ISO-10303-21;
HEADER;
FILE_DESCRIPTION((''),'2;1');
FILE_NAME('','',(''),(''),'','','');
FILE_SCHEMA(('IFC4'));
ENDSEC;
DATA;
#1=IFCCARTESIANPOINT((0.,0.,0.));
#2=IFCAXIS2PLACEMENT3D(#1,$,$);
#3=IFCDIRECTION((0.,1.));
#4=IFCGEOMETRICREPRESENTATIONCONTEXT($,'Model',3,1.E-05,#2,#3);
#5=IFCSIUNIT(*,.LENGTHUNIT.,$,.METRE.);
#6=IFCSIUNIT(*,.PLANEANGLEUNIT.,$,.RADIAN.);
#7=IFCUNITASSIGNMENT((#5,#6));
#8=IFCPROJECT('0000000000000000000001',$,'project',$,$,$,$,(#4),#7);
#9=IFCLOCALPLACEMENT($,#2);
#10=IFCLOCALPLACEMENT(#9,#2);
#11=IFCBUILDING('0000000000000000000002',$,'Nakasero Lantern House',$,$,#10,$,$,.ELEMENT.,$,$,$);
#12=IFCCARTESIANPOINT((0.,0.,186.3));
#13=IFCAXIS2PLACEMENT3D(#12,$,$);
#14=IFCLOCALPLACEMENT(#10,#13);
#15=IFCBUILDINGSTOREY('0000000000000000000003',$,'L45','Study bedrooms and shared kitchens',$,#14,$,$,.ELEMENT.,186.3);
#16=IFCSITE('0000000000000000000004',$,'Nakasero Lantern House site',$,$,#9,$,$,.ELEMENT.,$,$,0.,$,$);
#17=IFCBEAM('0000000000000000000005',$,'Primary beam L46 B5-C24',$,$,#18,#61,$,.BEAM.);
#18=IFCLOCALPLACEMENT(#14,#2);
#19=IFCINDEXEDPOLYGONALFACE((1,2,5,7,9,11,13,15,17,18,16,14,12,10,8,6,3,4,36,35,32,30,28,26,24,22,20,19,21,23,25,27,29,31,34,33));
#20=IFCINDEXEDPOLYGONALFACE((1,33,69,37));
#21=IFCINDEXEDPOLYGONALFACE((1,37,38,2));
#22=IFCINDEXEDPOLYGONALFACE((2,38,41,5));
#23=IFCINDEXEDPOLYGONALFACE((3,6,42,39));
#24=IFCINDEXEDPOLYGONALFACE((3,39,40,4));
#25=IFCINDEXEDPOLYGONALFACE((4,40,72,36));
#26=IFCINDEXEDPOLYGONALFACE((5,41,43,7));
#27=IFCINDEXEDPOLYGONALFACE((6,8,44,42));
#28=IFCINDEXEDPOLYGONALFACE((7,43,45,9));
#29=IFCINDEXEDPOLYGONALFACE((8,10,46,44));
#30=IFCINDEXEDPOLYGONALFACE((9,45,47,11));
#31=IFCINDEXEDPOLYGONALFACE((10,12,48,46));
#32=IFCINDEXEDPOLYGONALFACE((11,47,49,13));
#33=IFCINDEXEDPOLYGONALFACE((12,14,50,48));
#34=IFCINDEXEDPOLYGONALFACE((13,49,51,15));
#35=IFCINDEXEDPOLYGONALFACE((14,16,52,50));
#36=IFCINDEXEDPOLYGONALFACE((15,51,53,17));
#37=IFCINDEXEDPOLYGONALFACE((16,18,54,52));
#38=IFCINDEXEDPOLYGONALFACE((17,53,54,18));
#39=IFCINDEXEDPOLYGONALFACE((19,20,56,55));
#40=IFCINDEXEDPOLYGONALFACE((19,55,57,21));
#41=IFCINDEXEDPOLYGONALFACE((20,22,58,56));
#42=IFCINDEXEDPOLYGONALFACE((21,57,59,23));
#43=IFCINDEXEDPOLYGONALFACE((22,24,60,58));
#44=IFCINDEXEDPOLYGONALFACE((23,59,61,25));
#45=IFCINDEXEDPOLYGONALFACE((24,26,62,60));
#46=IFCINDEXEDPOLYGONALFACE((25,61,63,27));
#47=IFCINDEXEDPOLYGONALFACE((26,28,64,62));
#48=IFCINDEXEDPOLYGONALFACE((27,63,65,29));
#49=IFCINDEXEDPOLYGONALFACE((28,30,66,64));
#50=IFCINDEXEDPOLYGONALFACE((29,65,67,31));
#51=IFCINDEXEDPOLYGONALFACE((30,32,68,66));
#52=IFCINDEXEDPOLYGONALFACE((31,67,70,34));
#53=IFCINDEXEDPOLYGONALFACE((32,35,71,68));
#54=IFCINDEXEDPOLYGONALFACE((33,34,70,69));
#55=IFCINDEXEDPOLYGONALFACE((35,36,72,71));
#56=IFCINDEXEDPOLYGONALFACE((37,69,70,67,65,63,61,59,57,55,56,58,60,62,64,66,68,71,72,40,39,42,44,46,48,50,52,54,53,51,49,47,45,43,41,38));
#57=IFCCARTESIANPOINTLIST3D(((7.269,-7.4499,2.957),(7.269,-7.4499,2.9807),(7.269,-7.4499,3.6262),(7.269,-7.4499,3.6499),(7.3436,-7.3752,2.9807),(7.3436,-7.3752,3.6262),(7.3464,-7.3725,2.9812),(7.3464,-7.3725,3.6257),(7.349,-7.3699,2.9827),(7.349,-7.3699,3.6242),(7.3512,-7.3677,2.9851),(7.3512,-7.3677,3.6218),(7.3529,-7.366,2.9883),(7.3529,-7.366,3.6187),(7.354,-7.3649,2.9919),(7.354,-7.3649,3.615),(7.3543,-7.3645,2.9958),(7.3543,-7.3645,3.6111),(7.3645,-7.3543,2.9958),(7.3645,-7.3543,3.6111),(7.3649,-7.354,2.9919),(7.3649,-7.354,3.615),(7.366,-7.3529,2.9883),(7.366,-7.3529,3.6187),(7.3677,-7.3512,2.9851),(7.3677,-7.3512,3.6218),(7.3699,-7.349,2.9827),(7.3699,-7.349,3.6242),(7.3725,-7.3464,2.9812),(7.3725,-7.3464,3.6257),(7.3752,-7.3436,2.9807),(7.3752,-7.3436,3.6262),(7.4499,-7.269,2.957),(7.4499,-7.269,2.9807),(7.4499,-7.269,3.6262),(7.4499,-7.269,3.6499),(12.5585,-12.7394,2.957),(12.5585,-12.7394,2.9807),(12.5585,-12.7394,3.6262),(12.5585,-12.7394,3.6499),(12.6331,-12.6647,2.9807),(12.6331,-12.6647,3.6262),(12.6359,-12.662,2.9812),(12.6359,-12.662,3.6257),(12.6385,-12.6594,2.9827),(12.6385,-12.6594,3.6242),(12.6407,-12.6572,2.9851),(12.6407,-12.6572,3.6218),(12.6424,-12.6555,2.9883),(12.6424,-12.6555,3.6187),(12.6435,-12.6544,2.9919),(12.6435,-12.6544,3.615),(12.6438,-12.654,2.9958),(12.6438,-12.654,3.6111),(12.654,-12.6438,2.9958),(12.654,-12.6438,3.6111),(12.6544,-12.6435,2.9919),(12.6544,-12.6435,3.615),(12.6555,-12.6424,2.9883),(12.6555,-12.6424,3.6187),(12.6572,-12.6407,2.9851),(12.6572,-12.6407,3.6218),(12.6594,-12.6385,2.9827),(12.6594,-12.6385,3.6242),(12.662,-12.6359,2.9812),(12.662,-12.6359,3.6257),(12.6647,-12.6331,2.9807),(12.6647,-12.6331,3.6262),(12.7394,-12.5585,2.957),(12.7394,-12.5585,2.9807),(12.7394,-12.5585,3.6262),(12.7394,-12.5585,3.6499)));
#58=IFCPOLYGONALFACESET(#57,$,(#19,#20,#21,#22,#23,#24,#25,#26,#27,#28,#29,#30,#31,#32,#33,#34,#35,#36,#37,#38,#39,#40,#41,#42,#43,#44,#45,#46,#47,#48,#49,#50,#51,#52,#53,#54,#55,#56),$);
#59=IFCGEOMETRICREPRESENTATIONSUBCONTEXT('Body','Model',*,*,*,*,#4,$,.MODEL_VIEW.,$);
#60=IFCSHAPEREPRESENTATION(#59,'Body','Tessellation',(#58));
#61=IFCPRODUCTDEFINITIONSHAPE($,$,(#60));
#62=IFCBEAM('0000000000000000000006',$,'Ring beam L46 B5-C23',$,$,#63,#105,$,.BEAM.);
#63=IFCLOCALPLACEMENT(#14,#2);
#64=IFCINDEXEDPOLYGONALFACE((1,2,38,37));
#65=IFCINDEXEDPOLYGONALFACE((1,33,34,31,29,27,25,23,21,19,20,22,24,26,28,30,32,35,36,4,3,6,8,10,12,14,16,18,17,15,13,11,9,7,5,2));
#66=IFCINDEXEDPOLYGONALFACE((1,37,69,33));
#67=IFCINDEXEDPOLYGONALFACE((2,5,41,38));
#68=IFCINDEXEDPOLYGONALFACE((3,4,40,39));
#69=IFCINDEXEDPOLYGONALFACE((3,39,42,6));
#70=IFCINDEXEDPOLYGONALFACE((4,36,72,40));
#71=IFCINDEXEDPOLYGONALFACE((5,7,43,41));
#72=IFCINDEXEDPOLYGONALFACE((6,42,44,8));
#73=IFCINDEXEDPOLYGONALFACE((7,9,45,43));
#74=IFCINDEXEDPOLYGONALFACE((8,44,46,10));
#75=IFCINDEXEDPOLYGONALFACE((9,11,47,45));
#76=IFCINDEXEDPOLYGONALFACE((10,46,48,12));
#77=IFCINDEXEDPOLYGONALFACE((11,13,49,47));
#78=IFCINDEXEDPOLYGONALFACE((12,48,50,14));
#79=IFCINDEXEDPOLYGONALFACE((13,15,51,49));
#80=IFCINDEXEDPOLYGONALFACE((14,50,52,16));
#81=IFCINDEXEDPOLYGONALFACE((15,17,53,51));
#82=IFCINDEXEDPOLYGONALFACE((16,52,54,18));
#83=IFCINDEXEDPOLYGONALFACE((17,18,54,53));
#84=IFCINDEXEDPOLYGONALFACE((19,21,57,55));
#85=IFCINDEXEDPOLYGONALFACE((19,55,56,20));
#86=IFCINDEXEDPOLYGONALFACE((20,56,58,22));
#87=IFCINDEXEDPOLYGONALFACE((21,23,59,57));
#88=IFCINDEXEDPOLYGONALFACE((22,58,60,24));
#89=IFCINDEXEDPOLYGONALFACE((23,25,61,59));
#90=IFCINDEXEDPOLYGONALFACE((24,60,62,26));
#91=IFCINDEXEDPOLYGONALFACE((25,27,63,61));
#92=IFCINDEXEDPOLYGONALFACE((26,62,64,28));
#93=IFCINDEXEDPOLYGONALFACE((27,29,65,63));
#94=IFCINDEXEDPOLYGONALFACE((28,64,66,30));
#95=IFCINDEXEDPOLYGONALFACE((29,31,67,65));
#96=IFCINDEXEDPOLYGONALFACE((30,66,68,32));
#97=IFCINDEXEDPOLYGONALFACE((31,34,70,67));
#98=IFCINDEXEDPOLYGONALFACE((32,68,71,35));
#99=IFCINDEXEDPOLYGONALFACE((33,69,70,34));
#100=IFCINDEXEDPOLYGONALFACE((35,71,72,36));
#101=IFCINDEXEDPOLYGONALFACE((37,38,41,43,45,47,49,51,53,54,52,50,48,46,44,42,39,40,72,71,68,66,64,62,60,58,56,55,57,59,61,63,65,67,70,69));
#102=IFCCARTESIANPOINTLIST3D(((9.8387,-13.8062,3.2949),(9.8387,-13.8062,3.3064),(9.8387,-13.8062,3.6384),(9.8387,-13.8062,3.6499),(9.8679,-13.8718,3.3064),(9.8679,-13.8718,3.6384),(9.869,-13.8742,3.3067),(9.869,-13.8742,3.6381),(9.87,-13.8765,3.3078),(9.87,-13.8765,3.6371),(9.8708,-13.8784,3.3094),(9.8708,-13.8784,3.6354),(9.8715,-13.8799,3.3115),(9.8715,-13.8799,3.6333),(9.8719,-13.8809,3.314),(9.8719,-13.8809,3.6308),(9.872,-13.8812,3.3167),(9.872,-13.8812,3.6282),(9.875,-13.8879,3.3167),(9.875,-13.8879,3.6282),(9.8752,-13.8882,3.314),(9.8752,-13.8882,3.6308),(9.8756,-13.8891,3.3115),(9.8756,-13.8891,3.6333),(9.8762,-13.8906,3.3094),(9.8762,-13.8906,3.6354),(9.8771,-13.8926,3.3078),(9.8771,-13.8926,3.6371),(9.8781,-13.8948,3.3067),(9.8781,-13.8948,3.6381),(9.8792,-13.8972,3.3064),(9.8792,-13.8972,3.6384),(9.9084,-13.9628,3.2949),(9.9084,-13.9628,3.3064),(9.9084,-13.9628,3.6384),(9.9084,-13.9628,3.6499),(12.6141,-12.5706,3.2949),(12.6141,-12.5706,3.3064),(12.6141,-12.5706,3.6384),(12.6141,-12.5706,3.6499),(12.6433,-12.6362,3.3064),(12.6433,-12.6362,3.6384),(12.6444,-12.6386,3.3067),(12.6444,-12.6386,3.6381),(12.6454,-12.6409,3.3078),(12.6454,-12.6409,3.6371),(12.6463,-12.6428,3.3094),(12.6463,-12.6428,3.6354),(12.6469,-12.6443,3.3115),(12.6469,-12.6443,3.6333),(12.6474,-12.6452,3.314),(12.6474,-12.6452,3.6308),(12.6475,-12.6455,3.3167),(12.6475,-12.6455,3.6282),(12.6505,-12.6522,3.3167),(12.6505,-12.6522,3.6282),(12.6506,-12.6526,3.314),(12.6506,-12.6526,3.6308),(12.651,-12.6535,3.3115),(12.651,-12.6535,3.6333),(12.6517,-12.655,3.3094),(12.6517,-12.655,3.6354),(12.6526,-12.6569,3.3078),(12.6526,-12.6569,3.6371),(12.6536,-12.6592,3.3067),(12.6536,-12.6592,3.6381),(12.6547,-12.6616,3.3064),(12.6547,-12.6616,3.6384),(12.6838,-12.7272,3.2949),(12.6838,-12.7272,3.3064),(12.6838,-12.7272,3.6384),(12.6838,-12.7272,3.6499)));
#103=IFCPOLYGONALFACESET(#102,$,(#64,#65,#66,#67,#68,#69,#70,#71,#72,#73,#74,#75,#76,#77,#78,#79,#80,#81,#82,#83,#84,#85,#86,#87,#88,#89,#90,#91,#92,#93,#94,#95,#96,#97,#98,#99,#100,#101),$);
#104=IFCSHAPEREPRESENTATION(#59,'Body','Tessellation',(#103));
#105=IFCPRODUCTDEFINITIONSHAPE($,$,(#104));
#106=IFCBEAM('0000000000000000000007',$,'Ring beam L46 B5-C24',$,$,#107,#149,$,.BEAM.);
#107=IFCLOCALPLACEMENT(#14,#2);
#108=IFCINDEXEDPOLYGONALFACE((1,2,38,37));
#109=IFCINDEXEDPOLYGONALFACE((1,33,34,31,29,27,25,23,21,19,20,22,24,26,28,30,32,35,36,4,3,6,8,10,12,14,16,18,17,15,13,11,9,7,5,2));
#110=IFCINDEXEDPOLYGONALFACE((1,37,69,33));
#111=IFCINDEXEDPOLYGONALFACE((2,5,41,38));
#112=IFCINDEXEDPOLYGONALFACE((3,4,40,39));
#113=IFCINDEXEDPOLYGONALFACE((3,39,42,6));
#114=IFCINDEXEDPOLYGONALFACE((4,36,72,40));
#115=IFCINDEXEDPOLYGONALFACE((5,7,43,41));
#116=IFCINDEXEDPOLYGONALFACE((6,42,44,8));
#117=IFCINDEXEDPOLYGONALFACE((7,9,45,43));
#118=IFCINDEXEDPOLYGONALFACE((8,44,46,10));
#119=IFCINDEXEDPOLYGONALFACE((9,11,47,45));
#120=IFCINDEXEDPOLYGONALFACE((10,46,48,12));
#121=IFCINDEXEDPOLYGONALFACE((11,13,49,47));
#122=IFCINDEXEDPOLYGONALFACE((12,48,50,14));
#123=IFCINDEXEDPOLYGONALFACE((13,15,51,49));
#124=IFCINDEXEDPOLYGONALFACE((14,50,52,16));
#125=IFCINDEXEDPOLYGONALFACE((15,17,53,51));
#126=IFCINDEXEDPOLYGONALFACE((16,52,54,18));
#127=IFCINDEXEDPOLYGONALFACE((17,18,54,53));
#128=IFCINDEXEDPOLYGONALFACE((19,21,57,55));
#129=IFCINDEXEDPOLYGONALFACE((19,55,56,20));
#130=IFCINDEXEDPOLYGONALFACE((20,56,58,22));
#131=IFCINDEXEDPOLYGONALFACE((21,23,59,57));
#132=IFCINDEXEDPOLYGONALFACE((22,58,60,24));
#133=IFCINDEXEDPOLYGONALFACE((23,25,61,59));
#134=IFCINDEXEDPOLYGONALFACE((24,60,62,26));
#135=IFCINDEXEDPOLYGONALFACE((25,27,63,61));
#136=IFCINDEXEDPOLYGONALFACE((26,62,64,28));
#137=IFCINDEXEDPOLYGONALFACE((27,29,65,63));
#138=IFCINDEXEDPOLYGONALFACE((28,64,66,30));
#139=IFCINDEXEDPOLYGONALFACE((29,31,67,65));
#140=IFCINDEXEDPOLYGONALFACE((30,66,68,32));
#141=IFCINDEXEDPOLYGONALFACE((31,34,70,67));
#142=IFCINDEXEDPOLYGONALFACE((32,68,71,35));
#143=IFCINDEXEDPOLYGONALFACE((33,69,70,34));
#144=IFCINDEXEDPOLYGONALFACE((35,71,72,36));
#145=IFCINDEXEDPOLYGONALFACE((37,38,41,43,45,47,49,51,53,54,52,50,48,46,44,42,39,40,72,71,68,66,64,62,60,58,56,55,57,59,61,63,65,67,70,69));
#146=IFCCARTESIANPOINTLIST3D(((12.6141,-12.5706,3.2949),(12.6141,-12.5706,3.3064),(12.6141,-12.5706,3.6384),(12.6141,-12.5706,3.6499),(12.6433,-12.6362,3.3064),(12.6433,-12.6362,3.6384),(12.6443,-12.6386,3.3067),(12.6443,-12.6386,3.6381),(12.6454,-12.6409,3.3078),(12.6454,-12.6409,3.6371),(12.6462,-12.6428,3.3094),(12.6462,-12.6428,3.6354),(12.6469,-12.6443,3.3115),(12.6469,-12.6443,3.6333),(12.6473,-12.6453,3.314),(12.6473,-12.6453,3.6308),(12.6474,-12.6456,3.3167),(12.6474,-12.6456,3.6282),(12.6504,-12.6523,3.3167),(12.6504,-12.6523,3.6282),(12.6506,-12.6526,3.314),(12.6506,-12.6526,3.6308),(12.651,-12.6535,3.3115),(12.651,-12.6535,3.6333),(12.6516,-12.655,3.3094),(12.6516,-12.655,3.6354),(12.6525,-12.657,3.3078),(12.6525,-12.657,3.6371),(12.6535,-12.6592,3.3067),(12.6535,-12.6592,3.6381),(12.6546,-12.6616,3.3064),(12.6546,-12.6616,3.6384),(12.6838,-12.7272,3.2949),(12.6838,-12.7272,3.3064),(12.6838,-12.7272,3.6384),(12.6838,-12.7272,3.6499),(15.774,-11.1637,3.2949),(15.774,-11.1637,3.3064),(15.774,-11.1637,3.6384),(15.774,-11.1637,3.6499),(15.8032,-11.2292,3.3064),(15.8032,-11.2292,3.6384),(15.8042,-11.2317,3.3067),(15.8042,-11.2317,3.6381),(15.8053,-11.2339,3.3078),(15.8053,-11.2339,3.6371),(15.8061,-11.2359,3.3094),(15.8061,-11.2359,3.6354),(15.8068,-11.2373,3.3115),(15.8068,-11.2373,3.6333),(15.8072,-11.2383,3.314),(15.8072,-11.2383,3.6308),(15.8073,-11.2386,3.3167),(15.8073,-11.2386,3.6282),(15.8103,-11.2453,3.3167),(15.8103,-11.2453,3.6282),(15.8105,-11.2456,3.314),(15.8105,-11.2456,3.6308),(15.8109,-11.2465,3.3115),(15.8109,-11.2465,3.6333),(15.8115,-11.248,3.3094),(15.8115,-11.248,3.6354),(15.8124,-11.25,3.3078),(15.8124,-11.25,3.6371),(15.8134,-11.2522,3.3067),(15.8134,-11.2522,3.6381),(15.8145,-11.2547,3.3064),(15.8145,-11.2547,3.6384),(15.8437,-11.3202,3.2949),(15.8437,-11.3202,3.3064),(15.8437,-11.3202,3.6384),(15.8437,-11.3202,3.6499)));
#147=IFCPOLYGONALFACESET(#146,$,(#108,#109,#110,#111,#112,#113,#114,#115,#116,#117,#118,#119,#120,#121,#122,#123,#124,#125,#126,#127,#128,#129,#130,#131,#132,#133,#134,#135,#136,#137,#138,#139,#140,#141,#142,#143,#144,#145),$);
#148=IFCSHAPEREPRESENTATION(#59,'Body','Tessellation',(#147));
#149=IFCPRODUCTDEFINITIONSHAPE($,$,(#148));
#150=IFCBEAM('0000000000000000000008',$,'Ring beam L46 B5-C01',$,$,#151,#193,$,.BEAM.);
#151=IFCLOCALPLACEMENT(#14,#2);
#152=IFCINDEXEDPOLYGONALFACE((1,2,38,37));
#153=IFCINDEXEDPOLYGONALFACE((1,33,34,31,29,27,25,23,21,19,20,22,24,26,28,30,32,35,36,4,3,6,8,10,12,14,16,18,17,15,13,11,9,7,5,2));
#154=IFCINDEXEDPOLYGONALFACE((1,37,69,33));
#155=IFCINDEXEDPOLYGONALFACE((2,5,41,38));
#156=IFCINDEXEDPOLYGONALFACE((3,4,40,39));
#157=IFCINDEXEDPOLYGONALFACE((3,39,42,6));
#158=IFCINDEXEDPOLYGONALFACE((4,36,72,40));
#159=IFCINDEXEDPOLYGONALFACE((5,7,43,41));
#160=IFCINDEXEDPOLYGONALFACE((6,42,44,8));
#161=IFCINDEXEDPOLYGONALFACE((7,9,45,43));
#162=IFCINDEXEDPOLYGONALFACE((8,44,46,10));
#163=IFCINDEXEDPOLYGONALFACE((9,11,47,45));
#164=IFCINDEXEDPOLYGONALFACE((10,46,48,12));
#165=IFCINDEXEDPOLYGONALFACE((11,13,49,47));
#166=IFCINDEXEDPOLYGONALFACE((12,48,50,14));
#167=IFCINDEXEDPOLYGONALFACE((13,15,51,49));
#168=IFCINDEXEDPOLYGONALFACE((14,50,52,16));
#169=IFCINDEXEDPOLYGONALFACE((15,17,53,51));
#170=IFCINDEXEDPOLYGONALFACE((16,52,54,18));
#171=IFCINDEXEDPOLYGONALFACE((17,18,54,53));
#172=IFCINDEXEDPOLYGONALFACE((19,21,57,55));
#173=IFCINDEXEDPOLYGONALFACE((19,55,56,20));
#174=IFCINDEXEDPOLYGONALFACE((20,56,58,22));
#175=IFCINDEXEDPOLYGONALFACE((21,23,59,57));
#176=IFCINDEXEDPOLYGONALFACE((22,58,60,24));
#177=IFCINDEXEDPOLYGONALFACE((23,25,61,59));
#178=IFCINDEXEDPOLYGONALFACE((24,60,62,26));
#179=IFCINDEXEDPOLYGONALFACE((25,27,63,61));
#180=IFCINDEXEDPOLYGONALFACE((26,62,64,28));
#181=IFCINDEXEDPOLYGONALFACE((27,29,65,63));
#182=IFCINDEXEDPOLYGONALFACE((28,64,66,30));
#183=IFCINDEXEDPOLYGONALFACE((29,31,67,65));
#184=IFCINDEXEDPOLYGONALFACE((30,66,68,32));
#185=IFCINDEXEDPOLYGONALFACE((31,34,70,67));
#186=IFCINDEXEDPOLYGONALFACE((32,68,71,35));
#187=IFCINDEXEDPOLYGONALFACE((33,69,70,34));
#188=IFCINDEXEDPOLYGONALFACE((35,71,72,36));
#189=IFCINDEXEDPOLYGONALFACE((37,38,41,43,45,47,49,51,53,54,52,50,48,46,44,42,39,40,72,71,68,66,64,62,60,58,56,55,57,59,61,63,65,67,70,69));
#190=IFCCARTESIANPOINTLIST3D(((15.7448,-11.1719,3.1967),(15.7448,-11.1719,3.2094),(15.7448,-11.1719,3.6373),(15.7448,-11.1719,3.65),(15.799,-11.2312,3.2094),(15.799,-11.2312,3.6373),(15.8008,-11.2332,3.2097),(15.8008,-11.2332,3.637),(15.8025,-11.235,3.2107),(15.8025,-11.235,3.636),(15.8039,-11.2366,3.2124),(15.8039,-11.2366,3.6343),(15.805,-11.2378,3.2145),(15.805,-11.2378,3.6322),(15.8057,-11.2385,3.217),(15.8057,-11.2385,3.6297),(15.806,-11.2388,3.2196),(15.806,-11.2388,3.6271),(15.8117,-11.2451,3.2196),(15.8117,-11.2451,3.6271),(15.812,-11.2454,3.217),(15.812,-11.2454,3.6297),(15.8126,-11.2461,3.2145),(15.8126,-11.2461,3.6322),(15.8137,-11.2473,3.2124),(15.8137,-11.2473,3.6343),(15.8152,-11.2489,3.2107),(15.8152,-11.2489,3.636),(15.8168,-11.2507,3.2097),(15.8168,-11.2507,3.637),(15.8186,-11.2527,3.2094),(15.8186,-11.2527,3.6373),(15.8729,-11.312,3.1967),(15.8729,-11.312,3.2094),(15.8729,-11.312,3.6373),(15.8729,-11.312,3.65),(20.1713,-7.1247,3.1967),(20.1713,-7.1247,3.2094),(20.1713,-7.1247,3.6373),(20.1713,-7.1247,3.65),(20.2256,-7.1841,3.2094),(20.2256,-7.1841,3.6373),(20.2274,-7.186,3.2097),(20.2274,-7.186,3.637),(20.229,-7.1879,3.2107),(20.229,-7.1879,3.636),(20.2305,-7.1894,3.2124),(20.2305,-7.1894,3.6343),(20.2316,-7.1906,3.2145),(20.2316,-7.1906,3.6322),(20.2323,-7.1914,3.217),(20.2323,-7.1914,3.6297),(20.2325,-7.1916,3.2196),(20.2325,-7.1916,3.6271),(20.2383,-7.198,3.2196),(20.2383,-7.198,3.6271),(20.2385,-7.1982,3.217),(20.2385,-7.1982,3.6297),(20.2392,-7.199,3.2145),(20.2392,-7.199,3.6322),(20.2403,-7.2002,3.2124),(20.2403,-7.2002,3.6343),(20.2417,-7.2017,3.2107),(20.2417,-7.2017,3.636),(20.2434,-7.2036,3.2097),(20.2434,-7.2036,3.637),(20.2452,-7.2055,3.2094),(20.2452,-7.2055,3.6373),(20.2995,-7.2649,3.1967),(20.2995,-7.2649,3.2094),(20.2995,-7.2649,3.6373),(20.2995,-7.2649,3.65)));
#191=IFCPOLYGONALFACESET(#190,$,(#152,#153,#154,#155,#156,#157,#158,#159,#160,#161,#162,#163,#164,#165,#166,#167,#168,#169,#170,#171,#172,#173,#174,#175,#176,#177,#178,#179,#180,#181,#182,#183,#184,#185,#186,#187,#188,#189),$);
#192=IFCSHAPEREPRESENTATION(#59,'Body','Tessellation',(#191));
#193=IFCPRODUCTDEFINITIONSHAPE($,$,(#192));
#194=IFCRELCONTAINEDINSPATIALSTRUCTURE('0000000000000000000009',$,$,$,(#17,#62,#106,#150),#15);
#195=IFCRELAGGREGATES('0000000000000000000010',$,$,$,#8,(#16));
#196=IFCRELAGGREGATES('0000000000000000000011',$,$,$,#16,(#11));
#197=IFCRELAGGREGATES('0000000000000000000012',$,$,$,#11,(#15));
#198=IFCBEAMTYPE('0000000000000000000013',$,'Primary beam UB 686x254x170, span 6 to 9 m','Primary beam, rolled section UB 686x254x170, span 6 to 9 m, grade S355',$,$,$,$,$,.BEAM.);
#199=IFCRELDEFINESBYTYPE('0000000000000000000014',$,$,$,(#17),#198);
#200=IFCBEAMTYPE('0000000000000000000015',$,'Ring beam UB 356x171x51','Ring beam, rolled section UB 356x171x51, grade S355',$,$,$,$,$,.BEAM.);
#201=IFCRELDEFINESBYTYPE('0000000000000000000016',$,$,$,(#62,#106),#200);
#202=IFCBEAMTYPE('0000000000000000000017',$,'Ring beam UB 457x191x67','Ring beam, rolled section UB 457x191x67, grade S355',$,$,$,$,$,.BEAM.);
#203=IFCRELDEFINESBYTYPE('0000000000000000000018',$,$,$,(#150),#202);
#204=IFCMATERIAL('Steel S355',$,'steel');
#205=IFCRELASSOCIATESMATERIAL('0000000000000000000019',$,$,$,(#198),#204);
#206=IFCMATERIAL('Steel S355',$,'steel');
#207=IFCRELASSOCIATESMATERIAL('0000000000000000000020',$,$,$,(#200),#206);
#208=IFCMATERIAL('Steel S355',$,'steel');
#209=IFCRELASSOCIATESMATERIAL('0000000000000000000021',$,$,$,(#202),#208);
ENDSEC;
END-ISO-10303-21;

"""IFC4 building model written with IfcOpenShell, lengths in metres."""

from ifc_helpers import new_model, si_unit, direction, frame, origin, origin_2d, place, context, subcontext, project, spatial, i_section, extrude, material, material_profile, profile_set, type_object, element, save


model = new_model("IFC4")

# Units and contexts
model_context = context("Model", 3, precision=1e-05, world=origin(), true_north=direction((0.0, 1.0)))
body_context = subcontext(model_context, "Body", "Model", "MODEL_VIEW")
ifc_project = project(units=[si_unit("LENGTHUNIT", "METRE"), si_unit("PLANEANGLEUNIT", "RADIAN")], contexts=[model_context])

# Site, building, storey
site_placement = place(None, origin())
site = spatial("IfcSite", under=ifc_project, at=site_placement, Name="Nakasero Lantern House site", CompositionType="ELEMENT", RefElevation=0.0)
building_placement = place(site_placement, origin())
building = spatial("IfcBuilding", under=site, at=building_placement, Name="Nakasero Lantern House", CompositionType="ELEMENT")
storey_placement = place(building_placement, frame((0.0, 0.0, 186.3)))
storey = spatial("IfcBuildingStorey", under=building, at=storey_placement, Name="L45", Description="Study bedrooms and shared kitchens", CompositionType="ELEMENT", Elevation=186.3)

# Beams
ifc_material_1 = material(Name="Steel S355", Category="steel")
ifc_material_profile_1 = material_profile(ifc_material_1, i_section(OverallWidth=0.2559, OverallDepth=0.6929, WebThickness=0.0144, FlangeThickness=0.0237, FilletRadius=0.0151, at=origin_2d()), Name="UB 686x254x170")
ifc_profile_set_1 = profile_set([ifc_material_profile_1], Name="Steel S355")
beam_type_1 = type_object("IfcBeamType", Name="Primary beam UB 686x254x170, span 6 to 9 m", Description="Primary beam, rolled section UB 686x254x170, span 6 to 9 m, grade S355", PredefinedType="BEAM", material=ifc_profile_set_1)
beam_1_placement = place(storey_placement, frame((12.6489, -12.6489, 3.3035), z_axis=(-0.707107, 0.707107, 0.0), x_axis=(-0.707107, -0.707107, 0.0)))
element("IfcBeam", 1, at=beam_1_placement, inside=storey, type_object=beam_type_1, Name="Primary beam L46 B5-C24", PredefinedType="BEAM", context=body_context, shape_type="SweptSolid", body=[
    extrude(i_section(OverallWidth=0.2559, OverallDepth=0.6929, WebThickness=0.0144, FlangeThickness=0.0237, FilletRadius=0.0151, at=origin_2d()), origin(), (0.0, 0.0, 1.0), 7.4805),
])
ifc_material_2 = material(Name="Steel S355", Category="steel")
ifc_material_profile_2 = material_profile(ifc_material_2, i_section(OverallWidth=0.1714, OverallDepth=0.355, WebThickness=0.0073, FlangeThickness=0.0115, FilletRadius=0.0103, at=origin_2d()), Name="UB 356x171x51")
ifc_profile_set_2 = profile_set([ifc_material_profile_2], Name="Steel S355")
beam_type_2 = type_object("IfcBeamType", Name="Ring beam UB 356x171x51", Description="Ring beam, rolled section UB 356x171x51, grade S355", PredefinedType="BEAM", material=ifc_profile_set_2)
beam_2_placement = place(storey_placement, frame((9.8735, -13.8845, 3.4724), z_axis=(0.913556, 0.406713, 0.0), x_axis=(-0.406713, 0.913556, 0.0)))
element("IfcBeam", 2, at=beam_2_placement, inside=storey, type_object=beam_type_2, Name="Ring beam L46 B5-C23", PredefinedType="BEAM", context=body_context, shape_type="SweptSolid", body=[
    extrude(i_section(OverallWidth=0.1714, OverallDepth=0.355, WebThickness=0.0073, FlangeThickness=0.0115, FilletRadius=0.0103, at=origin_2d()), origin(), (0.0, 0.0, 1.0), 3.0381),
])
beam_3_placement = place(storey_placement, frame((12.6489, -12.6489, 3.4724), z_axis=(0.913535, 0.406761, 0.0), x_axis=(-0.406761, 0.913535, 0.0)))
element("IfcBeam", 3, at=beam_3_placement, inside=storey, type_object=beam_type_2, Name="Ring beam L46 B5-C24", PredefinedType="BEAM", context=body_context, shape_type="SweptSolid", body=[
    extrude(i_section(OverallWidth=0.1714, OverallDepth=0.355, WebThickness=0.0073, FlangeThickness=0.0115, FilletRadius=0.0103, at=origin_2d()), origin(), (0.0, 0.0, 1.0), 3.459),
])
ifc_material_3 = material(Name="Steel S355", Category="steel")
ifc_material_profile_3 = material_profile(ifc_material_3, i_section(OverallWidth=0.1899, OverallDepth=0.4534, WebThickness=0.0085, FlangeThickness=0.0127, FilletRadius=0.0103, at=origin_2d()), Name="UB 457x191x67")
ifc_profile_set_3 = profile_set([ifc_material_profile_3], Name="Steel S355")
beam_type_3 = type_object("IfcBeamType", Name="Ring beam UB 457x191x67", Description="Ring beam, rolled section UB 457x191x67, grade S355", PredefinedType="BEAM", material=ifc_profile_set_3)
beam_4_placement = place(storey_placement, frame((15.8088, -11.2419, 3.4233), z_axis=(0.738027, 0.674771, 0.0), x_axis=(-0.674771, 0.738027, 0.0)))
element("IfcBeam", 4, at=beam_4_placement, inside=storey, type_object=beam_type_3, Name="Ring beam L46 B5-C01", PredefinedType="BEAM", context=body_context, shape_type="SweptSolid", body=[
    extrude(i_section(OverallWidth=0.1899, OverallDepth=0.4534, WebThickness=0.0085, FlangeThickness=0.0127, FilletRadius=0.0103, at=origin_2d()), origin(), (0.0, 0.0, 1.0), 5.9978),
])

save(model, "model.ifc")
